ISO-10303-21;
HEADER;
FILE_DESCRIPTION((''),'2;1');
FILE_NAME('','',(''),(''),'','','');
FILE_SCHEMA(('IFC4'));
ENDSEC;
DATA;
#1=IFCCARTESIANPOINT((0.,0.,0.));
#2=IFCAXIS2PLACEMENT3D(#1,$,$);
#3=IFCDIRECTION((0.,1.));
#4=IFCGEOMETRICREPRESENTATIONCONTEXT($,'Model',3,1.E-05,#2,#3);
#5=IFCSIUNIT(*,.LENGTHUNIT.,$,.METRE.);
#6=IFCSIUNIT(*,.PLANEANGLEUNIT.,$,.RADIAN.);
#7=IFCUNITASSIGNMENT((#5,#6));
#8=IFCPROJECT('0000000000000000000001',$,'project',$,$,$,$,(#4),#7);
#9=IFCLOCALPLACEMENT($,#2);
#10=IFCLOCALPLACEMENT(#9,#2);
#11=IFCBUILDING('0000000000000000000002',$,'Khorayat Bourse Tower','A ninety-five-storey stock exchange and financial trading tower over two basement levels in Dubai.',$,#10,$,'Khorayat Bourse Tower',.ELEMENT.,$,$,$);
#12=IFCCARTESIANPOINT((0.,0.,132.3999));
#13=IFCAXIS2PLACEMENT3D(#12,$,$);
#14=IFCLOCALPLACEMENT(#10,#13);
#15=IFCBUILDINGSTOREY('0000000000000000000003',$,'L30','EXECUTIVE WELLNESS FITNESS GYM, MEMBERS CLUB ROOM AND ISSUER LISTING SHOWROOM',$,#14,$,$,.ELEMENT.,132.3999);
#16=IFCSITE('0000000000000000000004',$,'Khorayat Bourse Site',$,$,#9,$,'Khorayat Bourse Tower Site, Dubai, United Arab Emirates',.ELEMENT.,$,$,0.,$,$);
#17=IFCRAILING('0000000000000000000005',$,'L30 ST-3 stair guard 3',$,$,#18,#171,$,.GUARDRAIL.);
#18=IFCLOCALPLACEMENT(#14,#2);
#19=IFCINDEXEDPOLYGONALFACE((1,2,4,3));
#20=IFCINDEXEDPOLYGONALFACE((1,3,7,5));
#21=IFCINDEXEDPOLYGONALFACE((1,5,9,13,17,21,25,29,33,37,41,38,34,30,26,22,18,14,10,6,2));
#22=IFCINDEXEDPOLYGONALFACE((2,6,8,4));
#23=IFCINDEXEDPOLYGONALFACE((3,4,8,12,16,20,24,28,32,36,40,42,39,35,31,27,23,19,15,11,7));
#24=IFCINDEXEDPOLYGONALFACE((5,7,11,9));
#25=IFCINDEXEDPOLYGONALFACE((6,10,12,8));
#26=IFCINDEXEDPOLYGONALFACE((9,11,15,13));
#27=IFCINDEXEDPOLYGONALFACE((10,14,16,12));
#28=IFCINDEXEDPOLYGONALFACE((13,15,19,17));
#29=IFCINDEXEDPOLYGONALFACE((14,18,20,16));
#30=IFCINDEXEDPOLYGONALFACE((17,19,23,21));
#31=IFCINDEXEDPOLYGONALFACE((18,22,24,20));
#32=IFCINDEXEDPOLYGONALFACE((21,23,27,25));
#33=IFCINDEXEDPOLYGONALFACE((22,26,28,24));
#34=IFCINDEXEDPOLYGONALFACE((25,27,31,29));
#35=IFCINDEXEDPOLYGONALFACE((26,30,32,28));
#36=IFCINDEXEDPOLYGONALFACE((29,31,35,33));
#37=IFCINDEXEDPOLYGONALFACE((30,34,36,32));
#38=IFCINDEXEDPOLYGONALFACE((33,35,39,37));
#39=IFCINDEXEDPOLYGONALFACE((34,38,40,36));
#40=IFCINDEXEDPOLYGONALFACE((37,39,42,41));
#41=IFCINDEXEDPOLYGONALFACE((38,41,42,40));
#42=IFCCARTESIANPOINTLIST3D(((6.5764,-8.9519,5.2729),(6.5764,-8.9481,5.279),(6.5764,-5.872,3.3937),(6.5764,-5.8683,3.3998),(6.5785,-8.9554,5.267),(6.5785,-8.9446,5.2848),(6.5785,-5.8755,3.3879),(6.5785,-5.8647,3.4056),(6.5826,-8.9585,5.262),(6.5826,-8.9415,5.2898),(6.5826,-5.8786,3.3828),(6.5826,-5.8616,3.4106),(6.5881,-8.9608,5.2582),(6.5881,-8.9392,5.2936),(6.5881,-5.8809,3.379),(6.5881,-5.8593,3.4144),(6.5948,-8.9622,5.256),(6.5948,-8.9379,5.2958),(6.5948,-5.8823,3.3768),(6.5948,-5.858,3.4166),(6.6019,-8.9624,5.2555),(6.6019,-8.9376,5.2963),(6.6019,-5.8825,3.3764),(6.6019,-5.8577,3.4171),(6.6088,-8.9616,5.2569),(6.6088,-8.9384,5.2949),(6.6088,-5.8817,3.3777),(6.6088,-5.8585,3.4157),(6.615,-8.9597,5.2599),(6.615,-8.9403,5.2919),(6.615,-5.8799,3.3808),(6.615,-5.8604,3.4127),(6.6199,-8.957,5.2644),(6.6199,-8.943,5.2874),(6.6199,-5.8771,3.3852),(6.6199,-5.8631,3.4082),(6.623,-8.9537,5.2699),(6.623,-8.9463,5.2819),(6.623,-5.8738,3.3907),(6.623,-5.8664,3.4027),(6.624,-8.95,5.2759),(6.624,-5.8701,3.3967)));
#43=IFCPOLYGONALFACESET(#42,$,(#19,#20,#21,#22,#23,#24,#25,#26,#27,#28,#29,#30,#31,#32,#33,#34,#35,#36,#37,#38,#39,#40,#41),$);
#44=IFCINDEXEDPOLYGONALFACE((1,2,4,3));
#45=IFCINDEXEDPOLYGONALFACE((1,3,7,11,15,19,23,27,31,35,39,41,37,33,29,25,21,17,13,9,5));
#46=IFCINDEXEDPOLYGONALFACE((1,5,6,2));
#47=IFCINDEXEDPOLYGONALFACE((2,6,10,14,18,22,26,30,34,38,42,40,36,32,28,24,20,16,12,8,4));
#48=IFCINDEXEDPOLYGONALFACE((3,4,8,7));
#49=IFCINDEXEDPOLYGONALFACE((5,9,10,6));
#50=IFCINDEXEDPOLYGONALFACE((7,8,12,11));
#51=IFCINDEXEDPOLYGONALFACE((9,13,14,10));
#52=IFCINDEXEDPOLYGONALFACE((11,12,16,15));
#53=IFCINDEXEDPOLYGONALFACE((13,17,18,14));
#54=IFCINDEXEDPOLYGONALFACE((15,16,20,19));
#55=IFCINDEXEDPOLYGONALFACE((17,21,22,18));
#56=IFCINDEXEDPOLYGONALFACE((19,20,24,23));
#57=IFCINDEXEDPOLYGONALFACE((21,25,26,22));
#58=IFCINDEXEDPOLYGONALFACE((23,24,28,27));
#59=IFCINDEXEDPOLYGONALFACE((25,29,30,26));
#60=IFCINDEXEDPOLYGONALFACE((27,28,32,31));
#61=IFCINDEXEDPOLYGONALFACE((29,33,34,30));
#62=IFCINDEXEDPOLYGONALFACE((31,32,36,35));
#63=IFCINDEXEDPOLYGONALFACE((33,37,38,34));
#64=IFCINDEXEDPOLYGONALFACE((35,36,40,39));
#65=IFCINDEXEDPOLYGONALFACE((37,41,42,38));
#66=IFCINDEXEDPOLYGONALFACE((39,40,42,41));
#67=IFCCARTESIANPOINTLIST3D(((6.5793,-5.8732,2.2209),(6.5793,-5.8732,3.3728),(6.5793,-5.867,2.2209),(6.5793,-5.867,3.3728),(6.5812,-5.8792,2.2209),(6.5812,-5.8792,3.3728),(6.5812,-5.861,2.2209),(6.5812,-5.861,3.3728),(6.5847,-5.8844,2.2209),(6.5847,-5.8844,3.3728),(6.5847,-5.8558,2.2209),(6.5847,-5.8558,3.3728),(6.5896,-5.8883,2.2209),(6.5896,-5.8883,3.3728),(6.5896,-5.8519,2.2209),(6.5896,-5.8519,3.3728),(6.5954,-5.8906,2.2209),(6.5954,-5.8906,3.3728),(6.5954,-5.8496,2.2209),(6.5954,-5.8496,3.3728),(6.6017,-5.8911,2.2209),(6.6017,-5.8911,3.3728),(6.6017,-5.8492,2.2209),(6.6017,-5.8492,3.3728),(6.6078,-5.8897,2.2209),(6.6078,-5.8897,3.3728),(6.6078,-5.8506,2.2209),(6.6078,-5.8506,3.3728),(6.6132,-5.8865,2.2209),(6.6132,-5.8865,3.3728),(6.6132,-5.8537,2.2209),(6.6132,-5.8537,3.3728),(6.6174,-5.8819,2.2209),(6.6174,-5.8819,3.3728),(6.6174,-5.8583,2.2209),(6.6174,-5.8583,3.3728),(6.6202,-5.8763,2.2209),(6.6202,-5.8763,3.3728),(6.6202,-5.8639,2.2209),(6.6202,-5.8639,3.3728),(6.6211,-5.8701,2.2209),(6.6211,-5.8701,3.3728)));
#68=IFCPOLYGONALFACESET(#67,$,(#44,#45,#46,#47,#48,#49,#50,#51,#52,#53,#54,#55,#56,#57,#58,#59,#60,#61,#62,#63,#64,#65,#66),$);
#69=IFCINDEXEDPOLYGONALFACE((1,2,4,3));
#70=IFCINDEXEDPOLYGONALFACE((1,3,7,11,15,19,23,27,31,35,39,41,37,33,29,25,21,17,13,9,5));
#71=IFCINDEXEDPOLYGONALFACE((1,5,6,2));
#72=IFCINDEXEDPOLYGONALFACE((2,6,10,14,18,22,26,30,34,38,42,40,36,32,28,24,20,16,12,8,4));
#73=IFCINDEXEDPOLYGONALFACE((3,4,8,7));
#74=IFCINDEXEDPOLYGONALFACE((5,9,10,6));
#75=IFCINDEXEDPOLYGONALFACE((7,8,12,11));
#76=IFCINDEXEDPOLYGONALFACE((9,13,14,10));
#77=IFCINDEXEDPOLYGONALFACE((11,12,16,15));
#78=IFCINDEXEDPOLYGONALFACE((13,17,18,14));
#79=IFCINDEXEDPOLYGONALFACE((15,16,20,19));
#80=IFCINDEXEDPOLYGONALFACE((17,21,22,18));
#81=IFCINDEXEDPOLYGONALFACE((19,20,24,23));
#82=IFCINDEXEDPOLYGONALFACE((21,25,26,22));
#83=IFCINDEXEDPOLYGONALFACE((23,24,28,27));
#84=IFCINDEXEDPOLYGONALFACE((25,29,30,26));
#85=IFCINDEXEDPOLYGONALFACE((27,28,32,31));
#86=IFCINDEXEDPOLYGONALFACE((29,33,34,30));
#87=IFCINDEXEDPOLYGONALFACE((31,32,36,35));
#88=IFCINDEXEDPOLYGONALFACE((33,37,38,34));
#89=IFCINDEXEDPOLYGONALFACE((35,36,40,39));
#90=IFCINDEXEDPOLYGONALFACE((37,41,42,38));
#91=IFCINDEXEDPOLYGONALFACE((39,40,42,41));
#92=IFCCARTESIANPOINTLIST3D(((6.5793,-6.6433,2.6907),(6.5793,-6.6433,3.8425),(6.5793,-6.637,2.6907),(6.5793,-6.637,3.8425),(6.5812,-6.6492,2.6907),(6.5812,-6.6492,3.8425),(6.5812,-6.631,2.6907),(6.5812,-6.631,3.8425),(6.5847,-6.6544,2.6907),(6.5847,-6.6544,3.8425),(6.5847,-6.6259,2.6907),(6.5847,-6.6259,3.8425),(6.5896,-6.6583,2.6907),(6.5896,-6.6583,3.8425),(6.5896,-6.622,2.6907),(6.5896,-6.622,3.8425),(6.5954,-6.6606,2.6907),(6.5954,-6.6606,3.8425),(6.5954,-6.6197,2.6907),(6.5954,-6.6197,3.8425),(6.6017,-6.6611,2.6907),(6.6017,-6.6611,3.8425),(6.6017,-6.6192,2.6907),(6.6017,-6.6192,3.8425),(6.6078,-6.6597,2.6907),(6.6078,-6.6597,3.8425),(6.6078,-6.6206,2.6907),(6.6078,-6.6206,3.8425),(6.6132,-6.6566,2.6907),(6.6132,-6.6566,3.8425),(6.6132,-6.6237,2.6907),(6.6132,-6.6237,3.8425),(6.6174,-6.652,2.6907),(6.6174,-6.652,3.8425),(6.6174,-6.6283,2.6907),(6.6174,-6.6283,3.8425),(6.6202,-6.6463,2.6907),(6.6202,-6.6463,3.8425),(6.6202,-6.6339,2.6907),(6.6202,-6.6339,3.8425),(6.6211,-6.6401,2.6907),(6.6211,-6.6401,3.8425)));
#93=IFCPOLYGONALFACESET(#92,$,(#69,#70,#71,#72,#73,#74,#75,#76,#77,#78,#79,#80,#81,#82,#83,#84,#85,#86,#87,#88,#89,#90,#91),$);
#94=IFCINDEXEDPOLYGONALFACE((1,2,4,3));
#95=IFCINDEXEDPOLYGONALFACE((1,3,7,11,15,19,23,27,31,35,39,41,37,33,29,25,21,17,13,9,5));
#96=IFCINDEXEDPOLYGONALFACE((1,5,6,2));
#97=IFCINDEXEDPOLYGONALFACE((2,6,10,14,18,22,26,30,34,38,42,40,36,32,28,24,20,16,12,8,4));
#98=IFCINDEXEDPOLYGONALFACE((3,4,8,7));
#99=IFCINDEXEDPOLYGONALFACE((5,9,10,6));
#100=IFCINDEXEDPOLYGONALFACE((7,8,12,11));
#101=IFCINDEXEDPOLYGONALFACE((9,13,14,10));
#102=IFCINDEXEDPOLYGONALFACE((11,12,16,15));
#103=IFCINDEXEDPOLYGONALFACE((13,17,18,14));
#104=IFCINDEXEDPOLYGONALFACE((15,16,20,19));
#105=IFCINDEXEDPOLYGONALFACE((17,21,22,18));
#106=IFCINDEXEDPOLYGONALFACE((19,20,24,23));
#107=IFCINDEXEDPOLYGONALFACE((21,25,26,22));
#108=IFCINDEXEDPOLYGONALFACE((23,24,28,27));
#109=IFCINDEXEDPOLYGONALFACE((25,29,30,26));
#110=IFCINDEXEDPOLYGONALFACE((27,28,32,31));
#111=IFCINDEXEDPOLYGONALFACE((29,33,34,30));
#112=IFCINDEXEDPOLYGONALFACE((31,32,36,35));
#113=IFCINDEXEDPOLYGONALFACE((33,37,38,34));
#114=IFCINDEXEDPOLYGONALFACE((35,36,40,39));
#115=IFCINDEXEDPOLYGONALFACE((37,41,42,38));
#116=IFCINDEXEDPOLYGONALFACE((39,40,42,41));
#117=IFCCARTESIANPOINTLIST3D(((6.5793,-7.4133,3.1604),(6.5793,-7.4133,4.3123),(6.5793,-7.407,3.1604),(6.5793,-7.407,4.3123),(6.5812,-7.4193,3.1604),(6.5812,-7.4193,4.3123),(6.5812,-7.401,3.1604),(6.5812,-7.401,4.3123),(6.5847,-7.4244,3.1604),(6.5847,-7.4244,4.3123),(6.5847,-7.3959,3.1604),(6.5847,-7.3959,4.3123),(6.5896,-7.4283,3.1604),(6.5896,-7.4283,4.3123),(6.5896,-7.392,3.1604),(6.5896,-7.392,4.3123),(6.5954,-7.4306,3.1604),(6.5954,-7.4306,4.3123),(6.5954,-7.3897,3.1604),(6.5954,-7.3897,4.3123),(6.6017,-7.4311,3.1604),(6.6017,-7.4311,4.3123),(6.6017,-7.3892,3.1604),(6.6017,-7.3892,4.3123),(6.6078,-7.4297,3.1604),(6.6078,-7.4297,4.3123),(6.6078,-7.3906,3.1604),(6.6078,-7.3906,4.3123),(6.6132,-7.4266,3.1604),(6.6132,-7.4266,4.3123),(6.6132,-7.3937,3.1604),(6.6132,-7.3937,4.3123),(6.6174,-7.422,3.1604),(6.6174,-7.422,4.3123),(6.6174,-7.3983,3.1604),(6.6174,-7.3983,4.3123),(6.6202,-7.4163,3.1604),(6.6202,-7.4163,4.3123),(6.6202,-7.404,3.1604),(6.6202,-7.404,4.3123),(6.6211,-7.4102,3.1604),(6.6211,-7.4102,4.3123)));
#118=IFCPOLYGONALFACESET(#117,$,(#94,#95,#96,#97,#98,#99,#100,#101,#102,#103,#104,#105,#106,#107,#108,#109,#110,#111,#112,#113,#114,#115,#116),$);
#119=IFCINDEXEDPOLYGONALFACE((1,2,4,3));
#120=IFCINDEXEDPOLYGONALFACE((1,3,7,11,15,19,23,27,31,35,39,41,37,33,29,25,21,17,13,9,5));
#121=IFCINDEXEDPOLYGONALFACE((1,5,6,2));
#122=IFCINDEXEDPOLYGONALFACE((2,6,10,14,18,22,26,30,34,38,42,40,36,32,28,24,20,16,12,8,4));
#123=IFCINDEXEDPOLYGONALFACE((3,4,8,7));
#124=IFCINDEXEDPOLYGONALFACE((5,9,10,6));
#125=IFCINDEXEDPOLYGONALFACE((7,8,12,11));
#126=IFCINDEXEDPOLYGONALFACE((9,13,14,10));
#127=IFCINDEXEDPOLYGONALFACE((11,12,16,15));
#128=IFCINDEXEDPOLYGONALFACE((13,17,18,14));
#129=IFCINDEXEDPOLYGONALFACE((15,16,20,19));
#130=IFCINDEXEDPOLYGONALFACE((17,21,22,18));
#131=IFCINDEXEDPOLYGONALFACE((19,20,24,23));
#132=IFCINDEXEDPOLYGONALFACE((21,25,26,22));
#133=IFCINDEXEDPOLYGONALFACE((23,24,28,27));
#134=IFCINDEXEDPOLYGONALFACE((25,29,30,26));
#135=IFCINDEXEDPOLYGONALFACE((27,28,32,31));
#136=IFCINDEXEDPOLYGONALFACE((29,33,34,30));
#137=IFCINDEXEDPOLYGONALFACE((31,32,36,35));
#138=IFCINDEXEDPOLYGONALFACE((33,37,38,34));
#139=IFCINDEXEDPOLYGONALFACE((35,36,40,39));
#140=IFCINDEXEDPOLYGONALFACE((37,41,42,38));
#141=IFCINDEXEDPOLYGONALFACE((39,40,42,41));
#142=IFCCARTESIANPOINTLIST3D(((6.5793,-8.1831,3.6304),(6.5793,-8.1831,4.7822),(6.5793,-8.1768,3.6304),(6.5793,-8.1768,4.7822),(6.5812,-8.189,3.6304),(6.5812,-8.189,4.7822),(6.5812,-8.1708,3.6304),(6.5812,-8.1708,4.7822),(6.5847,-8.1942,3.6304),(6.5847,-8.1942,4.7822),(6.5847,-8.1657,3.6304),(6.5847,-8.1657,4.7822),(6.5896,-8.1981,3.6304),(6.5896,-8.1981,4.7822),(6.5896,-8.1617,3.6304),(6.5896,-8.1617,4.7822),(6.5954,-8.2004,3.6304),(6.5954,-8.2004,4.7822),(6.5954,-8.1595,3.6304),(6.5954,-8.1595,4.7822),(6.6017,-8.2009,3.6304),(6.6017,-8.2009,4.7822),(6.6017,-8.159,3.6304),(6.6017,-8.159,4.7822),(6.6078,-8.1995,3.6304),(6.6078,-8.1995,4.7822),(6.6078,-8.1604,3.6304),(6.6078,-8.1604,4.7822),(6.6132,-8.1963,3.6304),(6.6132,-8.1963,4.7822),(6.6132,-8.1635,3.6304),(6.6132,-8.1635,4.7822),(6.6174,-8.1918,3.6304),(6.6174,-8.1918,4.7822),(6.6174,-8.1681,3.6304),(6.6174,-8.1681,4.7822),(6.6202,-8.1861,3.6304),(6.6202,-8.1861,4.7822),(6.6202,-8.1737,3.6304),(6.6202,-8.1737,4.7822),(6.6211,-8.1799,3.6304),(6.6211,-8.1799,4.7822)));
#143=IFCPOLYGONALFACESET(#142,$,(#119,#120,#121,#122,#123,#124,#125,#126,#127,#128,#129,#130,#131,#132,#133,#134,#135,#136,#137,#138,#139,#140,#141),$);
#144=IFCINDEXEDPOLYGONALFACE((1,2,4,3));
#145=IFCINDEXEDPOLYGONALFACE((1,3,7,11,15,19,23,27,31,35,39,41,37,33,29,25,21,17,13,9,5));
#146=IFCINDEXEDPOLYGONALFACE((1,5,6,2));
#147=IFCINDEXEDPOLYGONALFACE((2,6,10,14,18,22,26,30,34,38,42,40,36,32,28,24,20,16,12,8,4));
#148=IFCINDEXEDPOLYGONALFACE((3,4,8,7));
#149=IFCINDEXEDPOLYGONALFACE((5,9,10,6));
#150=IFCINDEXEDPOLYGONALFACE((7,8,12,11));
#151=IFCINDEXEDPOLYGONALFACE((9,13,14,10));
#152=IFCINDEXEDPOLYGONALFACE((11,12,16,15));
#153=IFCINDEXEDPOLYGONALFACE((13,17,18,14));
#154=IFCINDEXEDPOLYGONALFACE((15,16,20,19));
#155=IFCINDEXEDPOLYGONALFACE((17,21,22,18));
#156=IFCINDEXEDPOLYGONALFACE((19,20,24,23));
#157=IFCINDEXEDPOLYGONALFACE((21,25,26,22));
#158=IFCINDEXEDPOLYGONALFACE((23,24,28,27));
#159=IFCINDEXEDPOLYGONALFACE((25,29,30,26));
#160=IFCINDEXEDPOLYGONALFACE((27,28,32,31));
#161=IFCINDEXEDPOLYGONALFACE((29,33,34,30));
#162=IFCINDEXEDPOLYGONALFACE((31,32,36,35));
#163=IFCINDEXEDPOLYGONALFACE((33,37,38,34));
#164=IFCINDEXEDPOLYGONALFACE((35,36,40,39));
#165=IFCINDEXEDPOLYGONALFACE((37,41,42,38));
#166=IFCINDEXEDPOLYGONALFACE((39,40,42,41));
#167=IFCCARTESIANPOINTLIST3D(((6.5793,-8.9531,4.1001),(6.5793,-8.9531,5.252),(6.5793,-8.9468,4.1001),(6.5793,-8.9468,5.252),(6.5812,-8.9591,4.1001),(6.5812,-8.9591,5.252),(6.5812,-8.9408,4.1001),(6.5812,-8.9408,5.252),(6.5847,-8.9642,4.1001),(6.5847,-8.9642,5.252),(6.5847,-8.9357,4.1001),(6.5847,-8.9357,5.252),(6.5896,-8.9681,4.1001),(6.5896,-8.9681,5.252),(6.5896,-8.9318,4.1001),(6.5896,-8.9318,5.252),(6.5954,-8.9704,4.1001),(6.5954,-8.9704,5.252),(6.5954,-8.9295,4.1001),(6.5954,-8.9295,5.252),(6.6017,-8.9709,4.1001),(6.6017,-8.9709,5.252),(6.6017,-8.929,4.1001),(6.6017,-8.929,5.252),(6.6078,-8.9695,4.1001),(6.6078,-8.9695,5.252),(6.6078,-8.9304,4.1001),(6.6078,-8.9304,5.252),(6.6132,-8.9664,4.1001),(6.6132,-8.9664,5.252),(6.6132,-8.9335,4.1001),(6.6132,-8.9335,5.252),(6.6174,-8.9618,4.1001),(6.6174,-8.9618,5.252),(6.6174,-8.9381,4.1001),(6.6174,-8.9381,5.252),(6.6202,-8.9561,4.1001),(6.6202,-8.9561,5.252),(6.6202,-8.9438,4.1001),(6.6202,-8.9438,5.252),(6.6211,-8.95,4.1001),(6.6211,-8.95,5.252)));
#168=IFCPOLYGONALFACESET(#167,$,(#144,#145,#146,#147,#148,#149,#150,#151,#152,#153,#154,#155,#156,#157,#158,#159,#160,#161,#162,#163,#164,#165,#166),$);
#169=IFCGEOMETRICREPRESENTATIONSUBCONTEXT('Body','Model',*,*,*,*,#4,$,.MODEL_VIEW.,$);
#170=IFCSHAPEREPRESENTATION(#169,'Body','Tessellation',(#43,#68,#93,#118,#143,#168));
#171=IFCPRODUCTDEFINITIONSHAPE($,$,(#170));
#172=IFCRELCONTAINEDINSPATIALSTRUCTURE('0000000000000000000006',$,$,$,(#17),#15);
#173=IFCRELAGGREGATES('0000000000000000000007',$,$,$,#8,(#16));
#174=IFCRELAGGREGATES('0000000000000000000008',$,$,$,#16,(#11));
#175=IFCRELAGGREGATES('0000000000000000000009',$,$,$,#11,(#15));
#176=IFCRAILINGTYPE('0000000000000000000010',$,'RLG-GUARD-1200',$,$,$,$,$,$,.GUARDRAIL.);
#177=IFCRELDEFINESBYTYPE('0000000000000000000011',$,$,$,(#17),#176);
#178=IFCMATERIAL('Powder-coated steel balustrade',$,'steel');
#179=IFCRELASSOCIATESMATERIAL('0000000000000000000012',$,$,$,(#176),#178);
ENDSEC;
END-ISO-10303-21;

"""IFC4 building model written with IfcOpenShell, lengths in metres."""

from ifc_helpers import new_model, si_unit, direction, frame, origin, origin_2d, place, context, subcontext, project, spatial, circle, extrude, source, transform, mapped, material, type_object, element, save


model = new_model("IFC4")

# Units and contexts
model_context = context("Model", 3, precision=1e-05, world=origin(), true_north=direction((0.0, 1.0)))
body_context = subcontext(model_context, "Body", "Model", "MODEL_VIEW")
ifc_project = project(units=[si_unit("LENGTHUNIT", "METRE"), si_unit("PLANEANGLEUNIT", "RADIAN")], contexts=[model_context])

# Site, building, storey
site_placement = place(None, origin())
site = spatial("IfcSite", under=ifc_project, at=site_placement, Name="Khorayat Bourse Site", LongName="Khorayat Bourse Tower Site, Dubai, United Arab Emirates", CompositionType="ELEMENT", RefElevation=0.0)
building_placement = place(site_placement, origin())
building = spatial("IfcBuilding", under=site, at=building_placement, Name="Khorayat Bourse Tower", Description="A ninety-five-storey stock exchange and financial trading tower over two basement levels in Dubai.", LongName="Khorayat Bourse Tower", CompositionType="ELEMENT")
storey_placement = place(building_placement, frame((0.0, 0.0, 132.3999)))
storey = spatial("IfcBuildingStorey", under=building, at=storey_placement, Name="L30", Description="EXECUTIVE WELLNESS FITNESS GYM, MEMBERS CLUB ROOM AND ISSUER LISTING SHOWROOM", CompositionType="ELEMENT", Elevation=132.3999)

# Railing
ifc_material_1 = material(Name="Powder-coated steel balustrade", Category="steel")
railing_type_1 = type_object("IfcRailingType", Name="RLG-GUARD-1200", PredefinedType="GUARDRAIL", material=ifc_material_1)
shared_shape_1 = source(origin(), body_context, "Body", "SweptSolid", [
    extrude(circle(Radius=0.0239, at=origin_2d()), frame((0.0, 0.0, 1.1758), z_axis=(0.0, -0.853648, 0.52085), x_axis=(1.0, 0.0, 0.0)), (0.0, 0.0, 1.0), 3.6079),
    extrude(circle(Radius=0.021, at=origin_2d()), origin(), (0.0, 0.0, 1.0), 1.1519),
    extrude(circle(Radius=0.021, at=origin_2d()), frame((0.0, -0.77, 0.4697)), (0.0, 0.0, 1.0), 1.1519),
    extrude(circle(Radius=0.021, at=origin_2d()), frame((0.0, -1.54, 0.9395)), (0.0, 0.0, 1.0), 1.1519),
    extrude(circle(Radius=0.021, at=origin_2d()), frame((0.0, -2.3098, 1.4094)), (0.0, 0.0, 1.0), 1.1519),
    extrude(circle(Radius=0.021, at=origin_2d()), frame((0.0, -3.0798, 1.8792)), (0.0, 0.0, 1.0), 1.1519),
])
railing_1_placement = place(storey_placement, frame((6.6001, -5.8701, 2.2209)))
element("IfcRailing", 1, at=railing_1_placement, inside=storey, type_object=railing_type_1, Name="L30 ST-3 stair guard 3", PredefinedType="GUARDRAIL", context=body_context, shape_type="MappedRepresentation", body=[
    mapped(shared_shape_1, transform((0.0, 0.0, 0.0), scale=1.0)),
])

save(model, "model.ifc")
